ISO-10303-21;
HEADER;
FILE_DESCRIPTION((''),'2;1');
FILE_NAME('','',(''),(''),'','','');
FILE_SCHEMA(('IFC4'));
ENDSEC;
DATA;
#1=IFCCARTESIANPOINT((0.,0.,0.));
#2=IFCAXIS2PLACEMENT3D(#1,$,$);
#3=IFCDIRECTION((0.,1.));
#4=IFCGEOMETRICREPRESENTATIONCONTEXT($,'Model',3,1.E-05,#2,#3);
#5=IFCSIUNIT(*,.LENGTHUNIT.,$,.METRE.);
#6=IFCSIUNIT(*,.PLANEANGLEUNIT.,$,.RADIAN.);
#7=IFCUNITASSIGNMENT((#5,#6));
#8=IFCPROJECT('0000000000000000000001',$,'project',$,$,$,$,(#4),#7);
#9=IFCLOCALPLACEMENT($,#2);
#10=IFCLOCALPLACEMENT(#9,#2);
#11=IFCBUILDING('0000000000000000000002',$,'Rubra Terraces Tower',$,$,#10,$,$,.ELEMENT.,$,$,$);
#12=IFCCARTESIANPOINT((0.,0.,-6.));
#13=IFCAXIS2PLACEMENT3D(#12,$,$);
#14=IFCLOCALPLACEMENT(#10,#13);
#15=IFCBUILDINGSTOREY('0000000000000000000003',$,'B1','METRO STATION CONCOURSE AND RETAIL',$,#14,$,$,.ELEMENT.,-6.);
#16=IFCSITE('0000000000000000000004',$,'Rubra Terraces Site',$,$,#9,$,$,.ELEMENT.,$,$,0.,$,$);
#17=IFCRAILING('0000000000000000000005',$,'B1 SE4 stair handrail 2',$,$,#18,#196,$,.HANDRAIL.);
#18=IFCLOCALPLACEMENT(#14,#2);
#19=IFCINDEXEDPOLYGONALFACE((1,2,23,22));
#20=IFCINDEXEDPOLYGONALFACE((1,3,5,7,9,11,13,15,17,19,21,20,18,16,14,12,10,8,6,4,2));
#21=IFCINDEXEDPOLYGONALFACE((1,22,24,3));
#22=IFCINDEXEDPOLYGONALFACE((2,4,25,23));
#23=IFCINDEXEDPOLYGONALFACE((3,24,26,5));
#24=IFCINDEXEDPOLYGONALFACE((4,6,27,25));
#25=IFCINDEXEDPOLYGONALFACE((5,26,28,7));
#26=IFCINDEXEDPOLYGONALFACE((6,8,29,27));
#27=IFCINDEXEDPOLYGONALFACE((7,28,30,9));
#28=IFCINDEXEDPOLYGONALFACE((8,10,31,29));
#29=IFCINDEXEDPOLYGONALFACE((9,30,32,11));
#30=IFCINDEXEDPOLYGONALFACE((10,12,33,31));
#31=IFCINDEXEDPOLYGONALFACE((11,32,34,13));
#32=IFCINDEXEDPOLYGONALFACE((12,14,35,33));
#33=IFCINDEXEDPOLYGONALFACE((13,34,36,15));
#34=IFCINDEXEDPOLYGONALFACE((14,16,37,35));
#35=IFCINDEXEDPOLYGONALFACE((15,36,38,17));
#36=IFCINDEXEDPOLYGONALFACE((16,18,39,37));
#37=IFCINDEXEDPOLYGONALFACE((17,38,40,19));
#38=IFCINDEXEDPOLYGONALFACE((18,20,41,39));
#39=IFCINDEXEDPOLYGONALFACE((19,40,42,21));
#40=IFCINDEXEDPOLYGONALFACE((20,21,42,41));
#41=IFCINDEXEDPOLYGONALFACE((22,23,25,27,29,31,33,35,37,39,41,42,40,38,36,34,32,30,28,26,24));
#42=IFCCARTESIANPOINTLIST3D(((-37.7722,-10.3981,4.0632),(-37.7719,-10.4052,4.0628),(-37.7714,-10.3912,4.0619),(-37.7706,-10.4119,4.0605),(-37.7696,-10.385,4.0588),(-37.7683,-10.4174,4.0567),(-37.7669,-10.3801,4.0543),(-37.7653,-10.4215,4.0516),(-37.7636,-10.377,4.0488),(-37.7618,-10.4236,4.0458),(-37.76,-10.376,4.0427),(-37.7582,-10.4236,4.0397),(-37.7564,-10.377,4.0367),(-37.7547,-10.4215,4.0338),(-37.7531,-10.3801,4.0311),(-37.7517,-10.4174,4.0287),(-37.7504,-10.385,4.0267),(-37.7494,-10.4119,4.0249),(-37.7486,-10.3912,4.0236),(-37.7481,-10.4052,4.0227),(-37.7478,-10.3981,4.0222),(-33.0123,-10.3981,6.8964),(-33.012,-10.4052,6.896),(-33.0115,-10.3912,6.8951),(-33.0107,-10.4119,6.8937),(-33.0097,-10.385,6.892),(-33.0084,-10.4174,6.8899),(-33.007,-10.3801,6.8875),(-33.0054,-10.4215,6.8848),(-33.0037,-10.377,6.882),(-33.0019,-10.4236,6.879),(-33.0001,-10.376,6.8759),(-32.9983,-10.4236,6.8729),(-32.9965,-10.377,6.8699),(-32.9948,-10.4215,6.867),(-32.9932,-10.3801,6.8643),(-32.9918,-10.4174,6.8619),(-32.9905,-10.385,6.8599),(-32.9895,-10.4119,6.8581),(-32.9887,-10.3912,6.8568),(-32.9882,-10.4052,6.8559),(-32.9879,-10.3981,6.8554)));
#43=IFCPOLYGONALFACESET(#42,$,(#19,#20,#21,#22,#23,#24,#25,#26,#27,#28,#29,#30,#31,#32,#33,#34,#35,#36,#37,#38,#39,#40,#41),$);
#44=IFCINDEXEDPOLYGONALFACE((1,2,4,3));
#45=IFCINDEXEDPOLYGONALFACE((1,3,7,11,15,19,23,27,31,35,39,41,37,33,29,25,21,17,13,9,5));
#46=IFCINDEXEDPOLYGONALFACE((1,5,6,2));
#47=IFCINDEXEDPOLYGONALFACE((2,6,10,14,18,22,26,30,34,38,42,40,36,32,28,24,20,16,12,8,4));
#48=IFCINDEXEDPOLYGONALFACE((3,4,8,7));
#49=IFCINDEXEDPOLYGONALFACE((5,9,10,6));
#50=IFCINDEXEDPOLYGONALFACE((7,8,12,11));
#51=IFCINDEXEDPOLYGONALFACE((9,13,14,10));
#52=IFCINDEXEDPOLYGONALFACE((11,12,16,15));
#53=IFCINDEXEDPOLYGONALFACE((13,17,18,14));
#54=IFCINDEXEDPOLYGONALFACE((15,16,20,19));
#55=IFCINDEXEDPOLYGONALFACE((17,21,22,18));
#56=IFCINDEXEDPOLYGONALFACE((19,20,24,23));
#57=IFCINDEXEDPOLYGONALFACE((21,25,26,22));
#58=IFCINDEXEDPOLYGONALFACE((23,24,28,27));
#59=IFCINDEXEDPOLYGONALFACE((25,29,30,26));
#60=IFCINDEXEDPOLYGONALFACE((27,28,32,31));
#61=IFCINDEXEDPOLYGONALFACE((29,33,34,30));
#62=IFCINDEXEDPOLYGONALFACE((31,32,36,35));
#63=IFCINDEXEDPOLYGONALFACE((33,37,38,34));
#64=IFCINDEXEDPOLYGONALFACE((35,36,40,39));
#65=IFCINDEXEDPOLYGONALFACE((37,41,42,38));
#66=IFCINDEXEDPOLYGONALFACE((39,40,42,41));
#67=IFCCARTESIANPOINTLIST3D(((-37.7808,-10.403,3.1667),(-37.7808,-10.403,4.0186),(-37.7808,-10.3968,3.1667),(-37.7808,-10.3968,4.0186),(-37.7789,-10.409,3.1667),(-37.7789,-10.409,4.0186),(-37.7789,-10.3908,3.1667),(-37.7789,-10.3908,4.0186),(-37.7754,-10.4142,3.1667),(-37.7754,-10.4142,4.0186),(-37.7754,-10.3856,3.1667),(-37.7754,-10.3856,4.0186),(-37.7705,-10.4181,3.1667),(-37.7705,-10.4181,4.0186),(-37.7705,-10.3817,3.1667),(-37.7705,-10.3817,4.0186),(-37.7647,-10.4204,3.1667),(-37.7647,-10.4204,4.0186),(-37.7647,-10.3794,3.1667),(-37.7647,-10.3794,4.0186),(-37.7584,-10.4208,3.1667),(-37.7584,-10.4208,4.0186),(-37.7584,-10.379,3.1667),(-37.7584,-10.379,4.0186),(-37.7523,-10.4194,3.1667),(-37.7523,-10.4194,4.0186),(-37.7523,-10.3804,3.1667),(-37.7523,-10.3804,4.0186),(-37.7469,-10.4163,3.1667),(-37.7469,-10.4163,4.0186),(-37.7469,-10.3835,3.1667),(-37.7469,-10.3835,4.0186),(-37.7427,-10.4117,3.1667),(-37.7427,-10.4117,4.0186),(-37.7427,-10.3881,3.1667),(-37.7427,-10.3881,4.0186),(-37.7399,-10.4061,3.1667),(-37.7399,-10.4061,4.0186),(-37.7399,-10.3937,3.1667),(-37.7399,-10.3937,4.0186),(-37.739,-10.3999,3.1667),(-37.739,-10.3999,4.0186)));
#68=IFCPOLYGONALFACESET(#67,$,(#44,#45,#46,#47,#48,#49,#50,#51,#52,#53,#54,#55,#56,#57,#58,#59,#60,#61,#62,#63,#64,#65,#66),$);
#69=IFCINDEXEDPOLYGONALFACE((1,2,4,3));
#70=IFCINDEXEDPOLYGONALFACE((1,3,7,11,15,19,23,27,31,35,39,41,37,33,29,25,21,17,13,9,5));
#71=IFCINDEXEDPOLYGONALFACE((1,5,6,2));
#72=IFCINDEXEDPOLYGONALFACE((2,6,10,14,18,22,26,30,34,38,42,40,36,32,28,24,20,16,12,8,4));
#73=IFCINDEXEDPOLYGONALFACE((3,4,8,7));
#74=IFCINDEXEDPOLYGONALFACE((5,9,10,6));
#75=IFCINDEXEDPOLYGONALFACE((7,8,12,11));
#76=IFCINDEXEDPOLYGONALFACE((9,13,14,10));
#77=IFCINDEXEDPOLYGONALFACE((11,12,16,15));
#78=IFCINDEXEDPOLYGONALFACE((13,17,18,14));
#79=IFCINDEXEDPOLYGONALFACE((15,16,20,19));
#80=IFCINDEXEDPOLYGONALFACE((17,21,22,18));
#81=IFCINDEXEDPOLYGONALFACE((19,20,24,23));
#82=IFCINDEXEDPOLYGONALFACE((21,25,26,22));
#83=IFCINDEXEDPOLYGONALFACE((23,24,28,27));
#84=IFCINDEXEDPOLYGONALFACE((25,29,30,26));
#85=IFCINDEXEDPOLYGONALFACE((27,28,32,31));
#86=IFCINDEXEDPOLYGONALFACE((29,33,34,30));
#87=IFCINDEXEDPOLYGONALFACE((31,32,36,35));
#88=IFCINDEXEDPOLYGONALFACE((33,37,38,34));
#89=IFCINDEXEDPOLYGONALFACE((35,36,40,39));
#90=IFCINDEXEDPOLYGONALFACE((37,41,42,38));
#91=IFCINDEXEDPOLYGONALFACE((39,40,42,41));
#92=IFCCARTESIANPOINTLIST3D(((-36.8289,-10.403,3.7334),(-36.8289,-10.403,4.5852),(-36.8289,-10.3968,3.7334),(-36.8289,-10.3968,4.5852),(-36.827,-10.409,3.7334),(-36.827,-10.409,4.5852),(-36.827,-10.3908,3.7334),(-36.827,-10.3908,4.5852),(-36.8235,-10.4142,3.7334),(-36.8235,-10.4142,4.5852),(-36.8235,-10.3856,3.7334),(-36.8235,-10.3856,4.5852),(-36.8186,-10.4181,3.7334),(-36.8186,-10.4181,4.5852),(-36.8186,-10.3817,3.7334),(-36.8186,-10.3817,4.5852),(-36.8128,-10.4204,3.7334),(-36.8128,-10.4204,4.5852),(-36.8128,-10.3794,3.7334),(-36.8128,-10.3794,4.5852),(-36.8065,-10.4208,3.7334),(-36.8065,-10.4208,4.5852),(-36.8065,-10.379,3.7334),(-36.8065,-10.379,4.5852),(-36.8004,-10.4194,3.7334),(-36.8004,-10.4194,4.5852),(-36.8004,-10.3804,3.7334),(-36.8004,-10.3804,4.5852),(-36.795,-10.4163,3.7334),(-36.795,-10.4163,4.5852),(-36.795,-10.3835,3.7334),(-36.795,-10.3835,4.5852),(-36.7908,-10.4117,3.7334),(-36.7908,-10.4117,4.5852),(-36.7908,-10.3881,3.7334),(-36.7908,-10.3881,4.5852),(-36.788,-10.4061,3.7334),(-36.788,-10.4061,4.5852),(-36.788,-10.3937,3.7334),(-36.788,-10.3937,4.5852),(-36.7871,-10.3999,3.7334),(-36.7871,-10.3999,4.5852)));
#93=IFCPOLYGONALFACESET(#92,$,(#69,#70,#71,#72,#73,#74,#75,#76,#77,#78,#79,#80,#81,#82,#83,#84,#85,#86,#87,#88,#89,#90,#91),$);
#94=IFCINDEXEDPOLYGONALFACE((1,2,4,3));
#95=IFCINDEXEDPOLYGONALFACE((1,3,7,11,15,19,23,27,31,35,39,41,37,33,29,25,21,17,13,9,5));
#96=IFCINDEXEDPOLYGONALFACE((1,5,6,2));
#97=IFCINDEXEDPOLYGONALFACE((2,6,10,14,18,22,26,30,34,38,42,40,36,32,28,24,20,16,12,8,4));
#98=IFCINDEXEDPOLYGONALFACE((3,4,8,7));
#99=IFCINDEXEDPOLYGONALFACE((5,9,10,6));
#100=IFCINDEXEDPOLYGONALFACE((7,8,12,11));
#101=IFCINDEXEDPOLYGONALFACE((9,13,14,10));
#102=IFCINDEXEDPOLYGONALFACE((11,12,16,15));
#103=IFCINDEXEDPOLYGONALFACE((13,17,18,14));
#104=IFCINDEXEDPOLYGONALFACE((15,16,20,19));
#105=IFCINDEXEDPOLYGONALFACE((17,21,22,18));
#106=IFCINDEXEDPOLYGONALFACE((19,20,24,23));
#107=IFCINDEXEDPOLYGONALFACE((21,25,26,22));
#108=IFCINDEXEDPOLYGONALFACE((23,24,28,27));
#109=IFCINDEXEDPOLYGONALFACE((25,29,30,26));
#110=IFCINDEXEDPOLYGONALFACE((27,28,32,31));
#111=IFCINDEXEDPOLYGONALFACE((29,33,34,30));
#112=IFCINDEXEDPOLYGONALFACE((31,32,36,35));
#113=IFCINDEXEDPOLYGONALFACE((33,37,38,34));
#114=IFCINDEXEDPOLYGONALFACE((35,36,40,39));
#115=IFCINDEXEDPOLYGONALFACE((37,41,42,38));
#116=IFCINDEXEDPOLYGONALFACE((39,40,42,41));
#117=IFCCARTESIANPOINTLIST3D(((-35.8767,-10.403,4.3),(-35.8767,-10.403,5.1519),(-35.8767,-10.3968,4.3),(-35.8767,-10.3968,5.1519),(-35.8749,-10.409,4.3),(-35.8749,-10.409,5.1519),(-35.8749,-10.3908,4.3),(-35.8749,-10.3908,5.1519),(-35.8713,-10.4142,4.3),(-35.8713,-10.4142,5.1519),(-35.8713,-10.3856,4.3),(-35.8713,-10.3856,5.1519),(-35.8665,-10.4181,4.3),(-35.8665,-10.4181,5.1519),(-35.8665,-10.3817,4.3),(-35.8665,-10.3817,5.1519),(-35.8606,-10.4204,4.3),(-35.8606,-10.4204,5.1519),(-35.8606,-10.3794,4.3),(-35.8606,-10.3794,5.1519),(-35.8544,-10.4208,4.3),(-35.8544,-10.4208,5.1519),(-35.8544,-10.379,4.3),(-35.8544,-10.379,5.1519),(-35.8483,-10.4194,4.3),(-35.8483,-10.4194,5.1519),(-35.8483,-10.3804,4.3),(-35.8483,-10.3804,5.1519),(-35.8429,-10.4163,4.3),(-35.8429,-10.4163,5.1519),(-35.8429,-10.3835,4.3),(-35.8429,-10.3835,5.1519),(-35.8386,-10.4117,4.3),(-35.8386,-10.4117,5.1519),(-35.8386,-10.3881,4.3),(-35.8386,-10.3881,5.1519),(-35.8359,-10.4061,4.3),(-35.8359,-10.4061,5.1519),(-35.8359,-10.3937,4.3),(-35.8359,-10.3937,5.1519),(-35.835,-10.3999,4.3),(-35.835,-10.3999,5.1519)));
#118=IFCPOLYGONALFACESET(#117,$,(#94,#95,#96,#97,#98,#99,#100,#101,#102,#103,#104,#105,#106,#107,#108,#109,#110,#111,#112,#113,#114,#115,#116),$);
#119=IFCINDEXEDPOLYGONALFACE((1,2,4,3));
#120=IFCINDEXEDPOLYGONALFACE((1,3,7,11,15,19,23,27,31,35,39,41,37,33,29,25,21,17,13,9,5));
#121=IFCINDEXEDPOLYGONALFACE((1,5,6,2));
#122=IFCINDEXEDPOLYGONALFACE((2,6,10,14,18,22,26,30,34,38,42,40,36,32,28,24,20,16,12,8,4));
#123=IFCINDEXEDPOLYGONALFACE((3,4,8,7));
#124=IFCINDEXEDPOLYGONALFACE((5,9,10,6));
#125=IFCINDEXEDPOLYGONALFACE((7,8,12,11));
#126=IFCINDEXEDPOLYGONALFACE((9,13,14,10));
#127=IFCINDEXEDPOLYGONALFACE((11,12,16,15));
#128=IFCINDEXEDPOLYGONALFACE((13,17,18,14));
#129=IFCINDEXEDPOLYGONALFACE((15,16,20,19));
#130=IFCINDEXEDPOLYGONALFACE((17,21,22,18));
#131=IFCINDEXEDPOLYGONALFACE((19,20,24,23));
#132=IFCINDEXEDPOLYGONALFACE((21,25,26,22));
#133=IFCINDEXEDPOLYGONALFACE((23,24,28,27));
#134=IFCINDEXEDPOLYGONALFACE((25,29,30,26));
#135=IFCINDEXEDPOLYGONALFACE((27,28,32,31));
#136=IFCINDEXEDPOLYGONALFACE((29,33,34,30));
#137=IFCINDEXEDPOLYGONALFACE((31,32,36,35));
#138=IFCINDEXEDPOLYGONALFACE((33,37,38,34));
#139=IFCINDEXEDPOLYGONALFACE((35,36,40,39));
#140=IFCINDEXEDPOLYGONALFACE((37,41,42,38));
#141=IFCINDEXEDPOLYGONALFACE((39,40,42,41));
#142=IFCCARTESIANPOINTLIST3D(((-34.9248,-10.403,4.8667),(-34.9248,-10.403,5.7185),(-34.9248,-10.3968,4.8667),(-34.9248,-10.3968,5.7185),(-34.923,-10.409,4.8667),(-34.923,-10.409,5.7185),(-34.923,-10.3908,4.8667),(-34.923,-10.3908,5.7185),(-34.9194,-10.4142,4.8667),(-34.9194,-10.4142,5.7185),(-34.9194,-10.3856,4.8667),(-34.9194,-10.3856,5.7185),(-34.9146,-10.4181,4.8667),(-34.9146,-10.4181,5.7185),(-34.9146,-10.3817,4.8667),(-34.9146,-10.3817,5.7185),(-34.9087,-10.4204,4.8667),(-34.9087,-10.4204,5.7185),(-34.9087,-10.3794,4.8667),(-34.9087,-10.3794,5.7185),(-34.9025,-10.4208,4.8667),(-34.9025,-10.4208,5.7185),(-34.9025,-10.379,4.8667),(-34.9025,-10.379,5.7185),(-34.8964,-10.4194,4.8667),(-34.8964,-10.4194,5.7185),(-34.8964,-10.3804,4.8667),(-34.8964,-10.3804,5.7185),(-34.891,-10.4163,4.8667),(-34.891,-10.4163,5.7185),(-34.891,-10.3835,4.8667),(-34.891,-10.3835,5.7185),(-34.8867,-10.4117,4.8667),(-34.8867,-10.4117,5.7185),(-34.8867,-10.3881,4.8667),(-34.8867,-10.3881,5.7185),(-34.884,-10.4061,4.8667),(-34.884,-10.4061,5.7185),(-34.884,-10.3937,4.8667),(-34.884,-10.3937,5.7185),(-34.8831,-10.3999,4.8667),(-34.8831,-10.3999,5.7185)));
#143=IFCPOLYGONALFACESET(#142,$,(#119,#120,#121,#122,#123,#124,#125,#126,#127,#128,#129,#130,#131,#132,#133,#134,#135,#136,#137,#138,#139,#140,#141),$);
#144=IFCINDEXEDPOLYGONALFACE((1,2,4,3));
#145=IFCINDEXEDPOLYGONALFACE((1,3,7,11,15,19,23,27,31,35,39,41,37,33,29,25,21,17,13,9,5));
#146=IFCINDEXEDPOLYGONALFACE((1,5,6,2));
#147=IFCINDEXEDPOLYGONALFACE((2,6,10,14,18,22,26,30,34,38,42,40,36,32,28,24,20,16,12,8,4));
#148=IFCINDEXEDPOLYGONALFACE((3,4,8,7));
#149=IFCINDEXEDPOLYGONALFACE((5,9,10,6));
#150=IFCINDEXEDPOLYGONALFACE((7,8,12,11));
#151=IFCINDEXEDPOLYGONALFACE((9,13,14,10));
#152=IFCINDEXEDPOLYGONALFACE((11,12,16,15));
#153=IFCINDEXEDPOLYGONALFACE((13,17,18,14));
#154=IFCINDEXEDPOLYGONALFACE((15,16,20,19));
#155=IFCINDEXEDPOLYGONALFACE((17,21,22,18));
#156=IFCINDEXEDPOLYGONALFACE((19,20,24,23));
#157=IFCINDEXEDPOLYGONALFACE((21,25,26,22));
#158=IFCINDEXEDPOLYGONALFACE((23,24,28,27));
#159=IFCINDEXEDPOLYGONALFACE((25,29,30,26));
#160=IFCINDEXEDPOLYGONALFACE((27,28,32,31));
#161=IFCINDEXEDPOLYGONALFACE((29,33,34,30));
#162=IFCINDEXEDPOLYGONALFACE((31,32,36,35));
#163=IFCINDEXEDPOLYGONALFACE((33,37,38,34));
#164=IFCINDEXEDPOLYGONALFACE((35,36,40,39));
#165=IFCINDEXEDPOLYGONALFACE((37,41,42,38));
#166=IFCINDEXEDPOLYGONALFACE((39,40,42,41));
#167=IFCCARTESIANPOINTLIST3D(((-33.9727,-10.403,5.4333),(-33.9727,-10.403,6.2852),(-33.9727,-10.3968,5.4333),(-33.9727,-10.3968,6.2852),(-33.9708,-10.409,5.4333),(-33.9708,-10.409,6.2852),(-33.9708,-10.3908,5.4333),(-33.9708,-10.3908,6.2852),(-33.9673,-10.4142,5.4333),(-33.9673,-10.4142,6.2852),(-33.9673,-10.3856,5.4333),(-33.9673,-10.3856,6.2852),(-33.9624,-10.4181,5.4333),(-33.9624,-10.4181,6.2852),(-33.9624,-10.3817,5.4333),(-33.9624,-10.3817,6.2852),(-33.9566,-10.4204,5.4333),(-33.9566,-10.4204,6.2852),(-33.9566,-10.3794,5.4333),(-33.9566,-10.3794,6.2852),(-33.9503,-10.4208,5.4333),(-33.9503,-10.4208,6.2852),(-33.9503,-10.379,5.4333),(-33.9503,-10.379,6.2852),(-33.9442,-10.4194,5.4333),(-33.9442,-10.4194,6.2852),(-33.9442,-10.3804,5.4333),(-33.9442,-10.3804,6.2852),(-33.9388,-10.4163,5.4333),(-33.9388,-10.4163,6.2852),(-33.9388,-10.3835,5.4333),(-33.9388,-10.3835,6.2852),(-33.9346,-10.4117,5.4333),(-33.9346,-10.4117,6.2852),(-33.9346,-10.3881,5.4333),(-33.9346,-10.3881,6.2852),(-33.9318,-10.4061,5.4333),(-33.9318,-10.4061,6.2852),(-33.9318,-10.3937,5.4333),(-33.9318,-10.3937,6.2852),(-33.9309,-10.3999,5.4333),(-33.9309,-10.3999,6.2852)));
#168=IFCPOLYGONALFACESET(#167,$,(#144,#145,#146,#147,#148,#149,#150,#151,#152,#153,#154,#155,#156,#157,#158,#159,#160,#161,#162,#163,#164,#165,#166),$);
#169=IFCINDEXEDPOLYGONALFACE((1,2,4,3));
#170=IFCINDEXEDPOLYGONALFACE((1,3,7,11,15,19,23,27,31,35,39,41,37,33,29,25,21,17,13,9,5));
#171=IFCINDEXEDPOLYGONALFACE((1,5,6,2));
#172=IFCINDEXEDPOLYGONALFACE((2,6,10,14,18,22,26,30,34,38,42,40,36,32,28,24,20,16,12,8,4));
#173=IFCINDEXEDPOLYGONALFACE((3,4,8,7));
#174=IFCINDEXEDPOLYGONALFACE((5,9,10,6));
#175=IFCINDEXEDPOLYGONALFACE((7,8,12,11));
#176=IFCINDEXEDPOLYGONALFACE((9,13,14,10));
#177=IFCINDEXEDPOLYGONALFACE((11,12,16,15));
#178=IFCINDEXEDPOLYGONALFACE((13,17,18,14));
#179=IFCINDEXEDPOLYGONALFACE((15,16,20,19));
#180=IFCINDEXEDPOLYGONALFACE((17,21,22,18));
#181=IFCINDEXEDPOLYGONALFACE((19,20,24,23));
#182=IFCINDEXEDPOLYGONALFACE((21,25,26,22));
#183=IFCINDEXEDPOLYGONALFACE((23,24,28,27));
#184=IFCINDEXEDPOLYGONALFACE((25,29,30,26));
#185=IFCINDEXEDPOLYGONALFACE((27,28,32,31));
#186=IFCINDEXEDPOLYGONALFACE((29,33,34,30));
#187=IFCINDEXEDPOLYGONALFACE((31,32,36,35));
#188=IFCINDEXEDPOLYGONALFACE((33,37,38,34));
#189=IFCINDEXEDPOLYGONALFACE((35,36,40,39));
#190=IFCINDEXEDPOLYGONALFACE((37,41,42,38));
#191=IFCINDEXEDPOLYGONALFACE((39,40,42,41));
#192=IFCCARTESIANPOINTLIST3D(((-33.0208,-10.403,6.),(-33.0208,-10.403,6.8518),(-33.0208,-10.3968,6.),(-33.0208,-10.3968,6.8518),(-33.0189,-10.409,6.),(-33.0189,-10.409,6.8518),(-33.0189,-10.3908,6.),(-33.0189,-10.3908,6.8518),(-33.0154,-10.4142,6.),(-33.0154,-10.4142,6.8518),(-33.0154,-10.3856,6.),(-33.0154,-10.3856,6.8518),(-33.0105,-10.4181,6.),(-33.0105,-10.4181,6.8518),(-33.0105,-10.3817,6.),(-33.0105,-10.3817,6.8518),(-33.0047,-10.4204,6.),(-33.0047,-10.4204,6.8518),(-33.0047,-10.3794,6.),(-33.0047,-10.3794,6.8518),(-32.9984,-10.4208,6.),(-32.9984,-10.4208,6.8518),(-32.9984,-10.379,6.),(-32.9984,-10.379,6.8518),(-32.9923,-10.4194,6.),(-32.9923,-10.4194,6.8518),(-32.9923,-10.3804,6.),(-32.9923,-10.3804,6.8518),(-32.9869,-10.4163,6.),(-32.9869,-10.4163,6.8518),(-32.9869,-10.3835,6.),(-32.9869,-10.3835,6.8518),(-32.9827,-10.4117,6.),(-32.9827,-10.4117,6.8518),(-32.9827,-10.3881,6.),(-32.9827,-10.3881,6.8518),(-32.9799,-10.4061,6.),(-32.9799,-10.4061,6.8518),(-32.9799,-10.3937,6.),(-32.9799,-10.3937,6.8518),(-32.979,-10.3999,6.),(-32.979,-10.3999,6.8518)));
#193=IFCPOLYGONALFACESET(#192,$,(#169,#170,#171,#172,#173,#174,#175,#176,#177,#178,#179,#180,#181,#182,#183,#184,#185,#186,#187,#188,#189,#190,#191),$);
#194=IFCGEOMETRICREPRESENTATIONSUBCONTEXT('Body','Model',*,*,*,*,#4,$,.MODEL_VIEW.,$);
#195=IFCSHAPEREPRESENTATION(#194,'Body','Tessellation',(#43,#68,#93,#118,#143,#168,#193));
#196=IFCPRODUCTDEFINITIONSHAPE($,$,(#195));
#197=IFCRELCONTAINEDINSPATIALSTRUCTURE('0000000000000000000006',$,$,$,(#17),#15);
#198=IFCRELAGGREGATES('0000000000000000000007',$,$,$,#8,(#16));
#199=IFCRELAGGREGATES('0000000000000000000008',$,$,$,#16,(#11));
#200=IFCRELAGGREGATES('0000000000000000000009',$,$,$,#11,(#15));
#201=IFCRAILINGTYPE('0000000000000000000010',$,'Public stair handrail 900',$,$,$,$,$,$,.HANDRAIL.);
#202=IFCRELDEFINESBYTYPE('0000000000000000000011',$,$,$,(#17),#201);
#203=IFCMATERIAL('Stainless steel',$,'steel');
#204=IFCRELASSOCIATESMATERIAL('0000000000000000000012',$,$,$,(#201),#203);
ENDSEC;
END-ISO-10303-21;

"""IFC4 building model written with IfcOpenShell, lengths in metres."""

from ifc_helpers import new_model, si_unit, direction, frame, origin, origin_2d, place, context, subcontext, project, spatial, circle, extrude, material, type_object, element, save


model = new_model("IFC4")

# Units and contexts
model_context = context("Model", 3, precision=1e-05, world=origin(), true_north=direction((0.0, 1.0)))
body_context = subcontext(model_context, "Body", "Model", "MODEL_VIEW")
ifc_project = project(units=[si_unit("LENGTHUNIT", "METRE"), si_unit("PLANEANGLEUNIT", "RADIAN")], contexts=[model_context])

# Site, building, storey
site_placement = place(None, origin())
site = spatial("IfcSite", under=ifc_project, at=site_placement, Name="Rubra Terraces Site", CompositionType="ELEMENT", RefElevation=0.0)
building_placement = place(site_placement, origin())
building = spatial("IfcBuilding", under=site, at=building_placement, Name="Rubra Terraces Tower", CompositionType="ELEMENT")
storey_placement = place(building_placement, frame((0.0, 0.0, -6.0)))
storey = spatial("IfcBuildingStorey", under=building, at=storey_placement, Name="B1", Description="METRO STATION CONCOURSE AND RETAIL", CompositionType="ELEMENT", Elevation=-6.0)

# Railing
ifc_material_1 = material(Name="Stainless steel", Category="steel")
railing_type_1 = type_object("IfcRailingType", Name="Public stair handrail 900", PredefinedType="HANDRAIL", material=ifc_material_1)
railing_1_placement = place(storey_placement, frame((-37.76, -10.3999, 3.1667)))
element("IfcRailing", 1, at=railing_1_placement, inside=storey, type_object=railing_type_1, Name="B1 SE4 stair handrail 2", PredefinedType="HANDRAIL", context=body_context, shape_type="SweptSolid", body=[
    extrude(circle(Radius=0.0239, at=origin_2d()), frame((0.0, 0.0, 0.876), z_axis=(0.8593, 0.0, 0.511472), x_axis=(0.0, 1.0, 0.0)), (0.0, 0.0, 1.0), 5.5393),
    extrude(circle(Radius=0.021, at=origin_2d()), origin(), (0.0, 0.0, 1.0), 0.8518),
    extrude(circle(Radius=0.021, at=origin_2d()), frame((0.9519, 0.0, 0.5667)), (0.0, 0.0, 1.0), 0.8518),
    extrude(circle(Radius=0.021, at=origin_2d()), frame((1.9041, 0.0, 1.1333)), (0.0, 0.0, 1.0), 0.8518),
    extrude(circle(Radius=0.021, at=origin_2d()), frame((2.856, 0.0, 1.7)), (0.0, 0.0, 1.0), 0.8518),
    extrude(circle(Radius=0.021, at=origin_2d()), frame((3.8081, 0.0, 2.2666)), (0.0, 0.0, 1.0), 0.8518),
    extrude(circle(Radius=0.021, at=origin_2d()), frame((4.76, 0.0, 2.8333)), (0.0, 0.0, 1.0), 0.8518),
])

save(model, "model.ifc")
